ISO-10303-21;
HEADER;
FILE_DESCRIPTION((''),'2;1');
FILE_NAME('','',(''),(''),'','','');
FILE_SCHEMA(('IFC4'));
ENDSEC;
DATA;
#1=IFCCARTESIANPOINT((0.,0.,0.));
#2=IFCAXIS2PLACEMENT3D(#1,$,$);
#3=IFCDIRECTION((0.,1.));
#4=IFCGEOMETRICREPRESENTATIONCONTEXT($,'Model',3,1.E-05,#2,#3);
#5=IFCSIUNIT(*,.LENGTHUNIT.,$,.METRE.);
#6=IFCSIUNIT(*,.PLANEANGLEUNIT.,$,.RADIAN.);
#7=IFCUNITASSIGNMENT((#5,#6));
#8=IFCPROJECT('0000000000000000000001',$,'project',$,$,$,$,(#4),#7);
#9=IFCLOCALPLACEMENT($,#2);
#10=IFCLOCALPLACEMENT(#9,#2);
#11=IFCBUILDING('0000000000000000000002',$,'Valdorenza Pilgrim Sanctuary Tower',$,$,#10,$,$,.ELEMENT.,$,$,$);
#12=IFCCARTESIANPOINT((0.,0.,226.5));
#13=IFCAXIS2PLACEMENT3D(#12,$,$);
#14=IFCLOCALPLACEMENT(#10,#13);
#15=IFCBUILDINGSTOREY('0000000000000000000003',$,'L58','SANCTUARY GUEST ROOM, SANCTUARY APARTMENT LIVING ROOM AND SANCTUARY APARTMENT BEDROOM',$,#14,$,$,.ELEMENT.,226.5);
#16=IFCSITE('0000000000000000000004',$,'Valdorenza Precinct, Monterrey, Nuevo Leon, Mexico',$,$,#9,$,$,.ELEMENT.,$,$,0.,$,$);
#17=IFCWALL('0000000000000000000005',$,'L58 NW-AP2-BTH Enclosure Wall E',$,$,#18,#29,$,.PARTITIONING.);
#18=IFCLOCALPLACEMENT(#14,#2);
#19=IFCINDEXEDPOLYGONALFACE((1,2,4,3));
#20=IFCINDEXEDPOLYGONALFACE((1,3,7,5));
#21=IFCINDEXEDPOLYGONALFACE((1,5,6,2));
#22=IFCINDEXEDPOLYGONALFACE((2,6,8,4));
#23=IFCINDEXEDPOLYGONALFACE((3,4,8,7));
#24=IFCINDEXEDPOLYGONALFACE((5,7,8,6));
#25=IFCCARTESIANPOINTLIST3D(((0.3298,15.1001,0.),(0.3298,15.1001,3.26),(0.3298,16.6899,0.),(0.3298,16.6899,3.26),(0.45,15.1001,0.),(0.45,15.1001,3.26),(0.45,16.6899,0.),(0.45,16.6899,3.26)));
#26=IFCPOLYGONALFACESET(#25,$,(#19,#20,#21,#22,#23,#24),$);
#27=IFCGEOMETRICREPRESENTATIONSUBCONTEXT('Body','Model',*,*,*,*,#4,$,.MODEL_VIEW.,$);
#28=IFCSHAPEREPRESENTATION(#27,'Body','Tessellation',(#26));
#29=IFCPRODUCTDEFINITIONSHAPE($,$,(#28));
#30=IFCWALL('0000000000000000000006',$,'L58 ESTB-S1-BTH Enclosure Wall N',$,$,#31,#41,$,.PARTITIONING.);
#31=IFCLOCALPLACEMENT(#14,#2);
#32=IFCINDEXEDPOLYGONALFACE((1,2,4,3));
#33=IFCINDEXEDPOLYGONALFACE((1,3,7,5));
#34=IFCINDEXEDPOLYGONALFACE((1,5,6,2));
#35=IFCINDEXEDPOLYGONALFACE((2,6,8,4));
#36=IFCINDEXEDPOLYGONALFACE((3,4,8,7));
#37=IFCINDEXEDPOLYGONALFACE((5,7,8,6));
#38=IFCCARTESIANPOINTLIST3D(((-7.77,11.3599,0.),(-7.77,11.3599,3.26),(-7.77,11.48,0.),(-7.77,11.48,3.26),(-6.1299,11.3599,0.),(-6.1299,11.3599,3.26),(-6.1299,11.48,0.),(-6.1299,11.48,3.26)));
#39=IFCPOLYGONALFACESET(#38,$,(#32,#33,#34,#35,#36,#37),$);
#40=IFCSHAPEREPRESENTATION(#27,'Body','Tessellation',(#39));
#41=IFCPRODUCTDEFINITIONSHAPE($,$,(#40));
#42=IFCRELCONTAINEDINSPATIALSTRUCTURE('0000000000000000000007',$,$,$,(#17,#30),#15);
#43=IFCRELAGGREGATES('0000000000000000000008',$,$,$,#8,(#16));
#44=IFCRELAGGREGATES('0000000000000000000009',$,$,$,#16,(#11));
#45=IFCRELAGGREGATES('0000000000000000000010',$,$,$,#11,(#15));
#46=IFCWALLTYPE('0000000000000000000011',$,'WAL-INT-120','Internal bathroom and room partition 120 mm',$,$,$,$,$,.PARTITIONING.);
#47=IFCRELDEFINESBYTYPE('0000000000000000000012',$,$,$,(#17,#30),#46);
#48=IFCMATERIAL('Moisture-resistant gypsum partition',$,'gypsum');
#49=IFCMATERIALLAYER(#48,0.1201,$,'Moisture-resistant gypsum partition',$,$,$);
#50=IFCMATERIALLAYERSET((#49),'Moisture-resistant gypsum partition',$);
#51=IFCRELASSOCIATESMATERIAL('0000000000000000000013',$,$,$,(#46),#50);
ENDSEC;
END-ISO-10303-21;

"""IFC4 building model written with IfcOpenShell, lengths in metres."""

from ifc_helpers import new_model, si_unit, direction, frame, frame_2d, origin, place, context, subcontext, project, spatial, rectangle, extrude, material, layer, layer_set, type_object, element, save


model = new_model("IFC4")

# Units and contexts
model_context = context("Model", 3, precision=1e-05, world=origin(), true_north=direction((0.0, 1.0)))
body_context = subcontext(model_context, "Body", "Model", "MODEL_VIEW")
ifc_project = project(units=[si_unit("LENGTHUNIT", "METRE"), si_unit("PLANEANGLEUNIT", "RADIAN")], contexts=[model_context])

# Site, building, storey
site_placement = place(None, origin())
site = spatial("IfcSite", under=ifc_project, at=site_placement, Name="Valdorenza Precinct, Monterrey, Nuevo Leon, Mexico", CompositionType="ELEMENT", RefElevation=0.0)
building_placement = place(site_placement, origin())
building = spatial("IfcBuilding", under=site, at=building_placement, Name="Valdorenza Pilgrim Sanctuary Tower", CompositionType="ELEMENT")
storey_placement = place(building_placement, frame((0.0, 0.0, 226.5)))
storey = spatial("IfcBuildingStorey", under=building, at=storey_placement, Name="L58", Description="SANCTUARY GUEST ROOM, SANCTUARY APARTMENT LIVING ROOM AND SANCTUARY APARTMENT BEDROOM", CompositionType="ELEMENT", Elevation=226.5)

# Shared definitions
ifc_material_1 = material(Name="Moisture-resistant gypsum partition", Category="gypsum")
ifc_layer_1 = layer(ifc_material_1, 0.1201, Name="Moisture-resistant gypsum partition")
ifc_layer_set_1 = layer_set([ifc_layer_1], Name="Moisture-resistant gypsum partition")
wall_type_1 = type_object("IfcWallType", Name="WAL-INT-120", Description="Internal bathroom and room partition 120 mm", PredefinedType="PARTITIONING", material=ifc_layer_set_1)

# Walls
wall_1_placement = place(storey_placement, frame((0.3899, 15.1001, 0.0), z_axis=(0.0, 0.0, 1.0), x_axis=(0.0, 1.0, 0.0)))
element("IfcWall", 1, at=wall_1_placement, inside=storey, type_object=wall_type_1, Name="L58 NW-AP2-BTH Enclosure Wall E", PredefinedType="PARTITIONING", context=body_context, shape_type="SweptSolid", body=[
    extrude(rectangle(XDim=1.5898, YDim=0.1201, at=frame_2d((0.7949, 0.0))), origin(), (0.0, 0.0, 1.0), 3.26),
])
wall_2_placement = place(storey_placement, frame((-7.77, 11.4199, 0.0), z_axis=(0.0, 0.0, 1.0), x_axis=(1.0, 0.0, 0.0)))
element("IfcWall", 2, at=wall_2_placement, inside=storey, type_object=wall_type_1, Name="L58 ESTB-S1-BTH Enclosure Wall N", PredefinedType="PARTITIONING", context=body_context, shape_type="SweptSolid", body=[
    extrude(rectangle(XDim=1.6401, YDim=0.1201, at=frame_2d((0.8201, 0.0))), origin(), (0.0, 0.0, 1.0), 3.26),
])

save(model, "model.ifc")
